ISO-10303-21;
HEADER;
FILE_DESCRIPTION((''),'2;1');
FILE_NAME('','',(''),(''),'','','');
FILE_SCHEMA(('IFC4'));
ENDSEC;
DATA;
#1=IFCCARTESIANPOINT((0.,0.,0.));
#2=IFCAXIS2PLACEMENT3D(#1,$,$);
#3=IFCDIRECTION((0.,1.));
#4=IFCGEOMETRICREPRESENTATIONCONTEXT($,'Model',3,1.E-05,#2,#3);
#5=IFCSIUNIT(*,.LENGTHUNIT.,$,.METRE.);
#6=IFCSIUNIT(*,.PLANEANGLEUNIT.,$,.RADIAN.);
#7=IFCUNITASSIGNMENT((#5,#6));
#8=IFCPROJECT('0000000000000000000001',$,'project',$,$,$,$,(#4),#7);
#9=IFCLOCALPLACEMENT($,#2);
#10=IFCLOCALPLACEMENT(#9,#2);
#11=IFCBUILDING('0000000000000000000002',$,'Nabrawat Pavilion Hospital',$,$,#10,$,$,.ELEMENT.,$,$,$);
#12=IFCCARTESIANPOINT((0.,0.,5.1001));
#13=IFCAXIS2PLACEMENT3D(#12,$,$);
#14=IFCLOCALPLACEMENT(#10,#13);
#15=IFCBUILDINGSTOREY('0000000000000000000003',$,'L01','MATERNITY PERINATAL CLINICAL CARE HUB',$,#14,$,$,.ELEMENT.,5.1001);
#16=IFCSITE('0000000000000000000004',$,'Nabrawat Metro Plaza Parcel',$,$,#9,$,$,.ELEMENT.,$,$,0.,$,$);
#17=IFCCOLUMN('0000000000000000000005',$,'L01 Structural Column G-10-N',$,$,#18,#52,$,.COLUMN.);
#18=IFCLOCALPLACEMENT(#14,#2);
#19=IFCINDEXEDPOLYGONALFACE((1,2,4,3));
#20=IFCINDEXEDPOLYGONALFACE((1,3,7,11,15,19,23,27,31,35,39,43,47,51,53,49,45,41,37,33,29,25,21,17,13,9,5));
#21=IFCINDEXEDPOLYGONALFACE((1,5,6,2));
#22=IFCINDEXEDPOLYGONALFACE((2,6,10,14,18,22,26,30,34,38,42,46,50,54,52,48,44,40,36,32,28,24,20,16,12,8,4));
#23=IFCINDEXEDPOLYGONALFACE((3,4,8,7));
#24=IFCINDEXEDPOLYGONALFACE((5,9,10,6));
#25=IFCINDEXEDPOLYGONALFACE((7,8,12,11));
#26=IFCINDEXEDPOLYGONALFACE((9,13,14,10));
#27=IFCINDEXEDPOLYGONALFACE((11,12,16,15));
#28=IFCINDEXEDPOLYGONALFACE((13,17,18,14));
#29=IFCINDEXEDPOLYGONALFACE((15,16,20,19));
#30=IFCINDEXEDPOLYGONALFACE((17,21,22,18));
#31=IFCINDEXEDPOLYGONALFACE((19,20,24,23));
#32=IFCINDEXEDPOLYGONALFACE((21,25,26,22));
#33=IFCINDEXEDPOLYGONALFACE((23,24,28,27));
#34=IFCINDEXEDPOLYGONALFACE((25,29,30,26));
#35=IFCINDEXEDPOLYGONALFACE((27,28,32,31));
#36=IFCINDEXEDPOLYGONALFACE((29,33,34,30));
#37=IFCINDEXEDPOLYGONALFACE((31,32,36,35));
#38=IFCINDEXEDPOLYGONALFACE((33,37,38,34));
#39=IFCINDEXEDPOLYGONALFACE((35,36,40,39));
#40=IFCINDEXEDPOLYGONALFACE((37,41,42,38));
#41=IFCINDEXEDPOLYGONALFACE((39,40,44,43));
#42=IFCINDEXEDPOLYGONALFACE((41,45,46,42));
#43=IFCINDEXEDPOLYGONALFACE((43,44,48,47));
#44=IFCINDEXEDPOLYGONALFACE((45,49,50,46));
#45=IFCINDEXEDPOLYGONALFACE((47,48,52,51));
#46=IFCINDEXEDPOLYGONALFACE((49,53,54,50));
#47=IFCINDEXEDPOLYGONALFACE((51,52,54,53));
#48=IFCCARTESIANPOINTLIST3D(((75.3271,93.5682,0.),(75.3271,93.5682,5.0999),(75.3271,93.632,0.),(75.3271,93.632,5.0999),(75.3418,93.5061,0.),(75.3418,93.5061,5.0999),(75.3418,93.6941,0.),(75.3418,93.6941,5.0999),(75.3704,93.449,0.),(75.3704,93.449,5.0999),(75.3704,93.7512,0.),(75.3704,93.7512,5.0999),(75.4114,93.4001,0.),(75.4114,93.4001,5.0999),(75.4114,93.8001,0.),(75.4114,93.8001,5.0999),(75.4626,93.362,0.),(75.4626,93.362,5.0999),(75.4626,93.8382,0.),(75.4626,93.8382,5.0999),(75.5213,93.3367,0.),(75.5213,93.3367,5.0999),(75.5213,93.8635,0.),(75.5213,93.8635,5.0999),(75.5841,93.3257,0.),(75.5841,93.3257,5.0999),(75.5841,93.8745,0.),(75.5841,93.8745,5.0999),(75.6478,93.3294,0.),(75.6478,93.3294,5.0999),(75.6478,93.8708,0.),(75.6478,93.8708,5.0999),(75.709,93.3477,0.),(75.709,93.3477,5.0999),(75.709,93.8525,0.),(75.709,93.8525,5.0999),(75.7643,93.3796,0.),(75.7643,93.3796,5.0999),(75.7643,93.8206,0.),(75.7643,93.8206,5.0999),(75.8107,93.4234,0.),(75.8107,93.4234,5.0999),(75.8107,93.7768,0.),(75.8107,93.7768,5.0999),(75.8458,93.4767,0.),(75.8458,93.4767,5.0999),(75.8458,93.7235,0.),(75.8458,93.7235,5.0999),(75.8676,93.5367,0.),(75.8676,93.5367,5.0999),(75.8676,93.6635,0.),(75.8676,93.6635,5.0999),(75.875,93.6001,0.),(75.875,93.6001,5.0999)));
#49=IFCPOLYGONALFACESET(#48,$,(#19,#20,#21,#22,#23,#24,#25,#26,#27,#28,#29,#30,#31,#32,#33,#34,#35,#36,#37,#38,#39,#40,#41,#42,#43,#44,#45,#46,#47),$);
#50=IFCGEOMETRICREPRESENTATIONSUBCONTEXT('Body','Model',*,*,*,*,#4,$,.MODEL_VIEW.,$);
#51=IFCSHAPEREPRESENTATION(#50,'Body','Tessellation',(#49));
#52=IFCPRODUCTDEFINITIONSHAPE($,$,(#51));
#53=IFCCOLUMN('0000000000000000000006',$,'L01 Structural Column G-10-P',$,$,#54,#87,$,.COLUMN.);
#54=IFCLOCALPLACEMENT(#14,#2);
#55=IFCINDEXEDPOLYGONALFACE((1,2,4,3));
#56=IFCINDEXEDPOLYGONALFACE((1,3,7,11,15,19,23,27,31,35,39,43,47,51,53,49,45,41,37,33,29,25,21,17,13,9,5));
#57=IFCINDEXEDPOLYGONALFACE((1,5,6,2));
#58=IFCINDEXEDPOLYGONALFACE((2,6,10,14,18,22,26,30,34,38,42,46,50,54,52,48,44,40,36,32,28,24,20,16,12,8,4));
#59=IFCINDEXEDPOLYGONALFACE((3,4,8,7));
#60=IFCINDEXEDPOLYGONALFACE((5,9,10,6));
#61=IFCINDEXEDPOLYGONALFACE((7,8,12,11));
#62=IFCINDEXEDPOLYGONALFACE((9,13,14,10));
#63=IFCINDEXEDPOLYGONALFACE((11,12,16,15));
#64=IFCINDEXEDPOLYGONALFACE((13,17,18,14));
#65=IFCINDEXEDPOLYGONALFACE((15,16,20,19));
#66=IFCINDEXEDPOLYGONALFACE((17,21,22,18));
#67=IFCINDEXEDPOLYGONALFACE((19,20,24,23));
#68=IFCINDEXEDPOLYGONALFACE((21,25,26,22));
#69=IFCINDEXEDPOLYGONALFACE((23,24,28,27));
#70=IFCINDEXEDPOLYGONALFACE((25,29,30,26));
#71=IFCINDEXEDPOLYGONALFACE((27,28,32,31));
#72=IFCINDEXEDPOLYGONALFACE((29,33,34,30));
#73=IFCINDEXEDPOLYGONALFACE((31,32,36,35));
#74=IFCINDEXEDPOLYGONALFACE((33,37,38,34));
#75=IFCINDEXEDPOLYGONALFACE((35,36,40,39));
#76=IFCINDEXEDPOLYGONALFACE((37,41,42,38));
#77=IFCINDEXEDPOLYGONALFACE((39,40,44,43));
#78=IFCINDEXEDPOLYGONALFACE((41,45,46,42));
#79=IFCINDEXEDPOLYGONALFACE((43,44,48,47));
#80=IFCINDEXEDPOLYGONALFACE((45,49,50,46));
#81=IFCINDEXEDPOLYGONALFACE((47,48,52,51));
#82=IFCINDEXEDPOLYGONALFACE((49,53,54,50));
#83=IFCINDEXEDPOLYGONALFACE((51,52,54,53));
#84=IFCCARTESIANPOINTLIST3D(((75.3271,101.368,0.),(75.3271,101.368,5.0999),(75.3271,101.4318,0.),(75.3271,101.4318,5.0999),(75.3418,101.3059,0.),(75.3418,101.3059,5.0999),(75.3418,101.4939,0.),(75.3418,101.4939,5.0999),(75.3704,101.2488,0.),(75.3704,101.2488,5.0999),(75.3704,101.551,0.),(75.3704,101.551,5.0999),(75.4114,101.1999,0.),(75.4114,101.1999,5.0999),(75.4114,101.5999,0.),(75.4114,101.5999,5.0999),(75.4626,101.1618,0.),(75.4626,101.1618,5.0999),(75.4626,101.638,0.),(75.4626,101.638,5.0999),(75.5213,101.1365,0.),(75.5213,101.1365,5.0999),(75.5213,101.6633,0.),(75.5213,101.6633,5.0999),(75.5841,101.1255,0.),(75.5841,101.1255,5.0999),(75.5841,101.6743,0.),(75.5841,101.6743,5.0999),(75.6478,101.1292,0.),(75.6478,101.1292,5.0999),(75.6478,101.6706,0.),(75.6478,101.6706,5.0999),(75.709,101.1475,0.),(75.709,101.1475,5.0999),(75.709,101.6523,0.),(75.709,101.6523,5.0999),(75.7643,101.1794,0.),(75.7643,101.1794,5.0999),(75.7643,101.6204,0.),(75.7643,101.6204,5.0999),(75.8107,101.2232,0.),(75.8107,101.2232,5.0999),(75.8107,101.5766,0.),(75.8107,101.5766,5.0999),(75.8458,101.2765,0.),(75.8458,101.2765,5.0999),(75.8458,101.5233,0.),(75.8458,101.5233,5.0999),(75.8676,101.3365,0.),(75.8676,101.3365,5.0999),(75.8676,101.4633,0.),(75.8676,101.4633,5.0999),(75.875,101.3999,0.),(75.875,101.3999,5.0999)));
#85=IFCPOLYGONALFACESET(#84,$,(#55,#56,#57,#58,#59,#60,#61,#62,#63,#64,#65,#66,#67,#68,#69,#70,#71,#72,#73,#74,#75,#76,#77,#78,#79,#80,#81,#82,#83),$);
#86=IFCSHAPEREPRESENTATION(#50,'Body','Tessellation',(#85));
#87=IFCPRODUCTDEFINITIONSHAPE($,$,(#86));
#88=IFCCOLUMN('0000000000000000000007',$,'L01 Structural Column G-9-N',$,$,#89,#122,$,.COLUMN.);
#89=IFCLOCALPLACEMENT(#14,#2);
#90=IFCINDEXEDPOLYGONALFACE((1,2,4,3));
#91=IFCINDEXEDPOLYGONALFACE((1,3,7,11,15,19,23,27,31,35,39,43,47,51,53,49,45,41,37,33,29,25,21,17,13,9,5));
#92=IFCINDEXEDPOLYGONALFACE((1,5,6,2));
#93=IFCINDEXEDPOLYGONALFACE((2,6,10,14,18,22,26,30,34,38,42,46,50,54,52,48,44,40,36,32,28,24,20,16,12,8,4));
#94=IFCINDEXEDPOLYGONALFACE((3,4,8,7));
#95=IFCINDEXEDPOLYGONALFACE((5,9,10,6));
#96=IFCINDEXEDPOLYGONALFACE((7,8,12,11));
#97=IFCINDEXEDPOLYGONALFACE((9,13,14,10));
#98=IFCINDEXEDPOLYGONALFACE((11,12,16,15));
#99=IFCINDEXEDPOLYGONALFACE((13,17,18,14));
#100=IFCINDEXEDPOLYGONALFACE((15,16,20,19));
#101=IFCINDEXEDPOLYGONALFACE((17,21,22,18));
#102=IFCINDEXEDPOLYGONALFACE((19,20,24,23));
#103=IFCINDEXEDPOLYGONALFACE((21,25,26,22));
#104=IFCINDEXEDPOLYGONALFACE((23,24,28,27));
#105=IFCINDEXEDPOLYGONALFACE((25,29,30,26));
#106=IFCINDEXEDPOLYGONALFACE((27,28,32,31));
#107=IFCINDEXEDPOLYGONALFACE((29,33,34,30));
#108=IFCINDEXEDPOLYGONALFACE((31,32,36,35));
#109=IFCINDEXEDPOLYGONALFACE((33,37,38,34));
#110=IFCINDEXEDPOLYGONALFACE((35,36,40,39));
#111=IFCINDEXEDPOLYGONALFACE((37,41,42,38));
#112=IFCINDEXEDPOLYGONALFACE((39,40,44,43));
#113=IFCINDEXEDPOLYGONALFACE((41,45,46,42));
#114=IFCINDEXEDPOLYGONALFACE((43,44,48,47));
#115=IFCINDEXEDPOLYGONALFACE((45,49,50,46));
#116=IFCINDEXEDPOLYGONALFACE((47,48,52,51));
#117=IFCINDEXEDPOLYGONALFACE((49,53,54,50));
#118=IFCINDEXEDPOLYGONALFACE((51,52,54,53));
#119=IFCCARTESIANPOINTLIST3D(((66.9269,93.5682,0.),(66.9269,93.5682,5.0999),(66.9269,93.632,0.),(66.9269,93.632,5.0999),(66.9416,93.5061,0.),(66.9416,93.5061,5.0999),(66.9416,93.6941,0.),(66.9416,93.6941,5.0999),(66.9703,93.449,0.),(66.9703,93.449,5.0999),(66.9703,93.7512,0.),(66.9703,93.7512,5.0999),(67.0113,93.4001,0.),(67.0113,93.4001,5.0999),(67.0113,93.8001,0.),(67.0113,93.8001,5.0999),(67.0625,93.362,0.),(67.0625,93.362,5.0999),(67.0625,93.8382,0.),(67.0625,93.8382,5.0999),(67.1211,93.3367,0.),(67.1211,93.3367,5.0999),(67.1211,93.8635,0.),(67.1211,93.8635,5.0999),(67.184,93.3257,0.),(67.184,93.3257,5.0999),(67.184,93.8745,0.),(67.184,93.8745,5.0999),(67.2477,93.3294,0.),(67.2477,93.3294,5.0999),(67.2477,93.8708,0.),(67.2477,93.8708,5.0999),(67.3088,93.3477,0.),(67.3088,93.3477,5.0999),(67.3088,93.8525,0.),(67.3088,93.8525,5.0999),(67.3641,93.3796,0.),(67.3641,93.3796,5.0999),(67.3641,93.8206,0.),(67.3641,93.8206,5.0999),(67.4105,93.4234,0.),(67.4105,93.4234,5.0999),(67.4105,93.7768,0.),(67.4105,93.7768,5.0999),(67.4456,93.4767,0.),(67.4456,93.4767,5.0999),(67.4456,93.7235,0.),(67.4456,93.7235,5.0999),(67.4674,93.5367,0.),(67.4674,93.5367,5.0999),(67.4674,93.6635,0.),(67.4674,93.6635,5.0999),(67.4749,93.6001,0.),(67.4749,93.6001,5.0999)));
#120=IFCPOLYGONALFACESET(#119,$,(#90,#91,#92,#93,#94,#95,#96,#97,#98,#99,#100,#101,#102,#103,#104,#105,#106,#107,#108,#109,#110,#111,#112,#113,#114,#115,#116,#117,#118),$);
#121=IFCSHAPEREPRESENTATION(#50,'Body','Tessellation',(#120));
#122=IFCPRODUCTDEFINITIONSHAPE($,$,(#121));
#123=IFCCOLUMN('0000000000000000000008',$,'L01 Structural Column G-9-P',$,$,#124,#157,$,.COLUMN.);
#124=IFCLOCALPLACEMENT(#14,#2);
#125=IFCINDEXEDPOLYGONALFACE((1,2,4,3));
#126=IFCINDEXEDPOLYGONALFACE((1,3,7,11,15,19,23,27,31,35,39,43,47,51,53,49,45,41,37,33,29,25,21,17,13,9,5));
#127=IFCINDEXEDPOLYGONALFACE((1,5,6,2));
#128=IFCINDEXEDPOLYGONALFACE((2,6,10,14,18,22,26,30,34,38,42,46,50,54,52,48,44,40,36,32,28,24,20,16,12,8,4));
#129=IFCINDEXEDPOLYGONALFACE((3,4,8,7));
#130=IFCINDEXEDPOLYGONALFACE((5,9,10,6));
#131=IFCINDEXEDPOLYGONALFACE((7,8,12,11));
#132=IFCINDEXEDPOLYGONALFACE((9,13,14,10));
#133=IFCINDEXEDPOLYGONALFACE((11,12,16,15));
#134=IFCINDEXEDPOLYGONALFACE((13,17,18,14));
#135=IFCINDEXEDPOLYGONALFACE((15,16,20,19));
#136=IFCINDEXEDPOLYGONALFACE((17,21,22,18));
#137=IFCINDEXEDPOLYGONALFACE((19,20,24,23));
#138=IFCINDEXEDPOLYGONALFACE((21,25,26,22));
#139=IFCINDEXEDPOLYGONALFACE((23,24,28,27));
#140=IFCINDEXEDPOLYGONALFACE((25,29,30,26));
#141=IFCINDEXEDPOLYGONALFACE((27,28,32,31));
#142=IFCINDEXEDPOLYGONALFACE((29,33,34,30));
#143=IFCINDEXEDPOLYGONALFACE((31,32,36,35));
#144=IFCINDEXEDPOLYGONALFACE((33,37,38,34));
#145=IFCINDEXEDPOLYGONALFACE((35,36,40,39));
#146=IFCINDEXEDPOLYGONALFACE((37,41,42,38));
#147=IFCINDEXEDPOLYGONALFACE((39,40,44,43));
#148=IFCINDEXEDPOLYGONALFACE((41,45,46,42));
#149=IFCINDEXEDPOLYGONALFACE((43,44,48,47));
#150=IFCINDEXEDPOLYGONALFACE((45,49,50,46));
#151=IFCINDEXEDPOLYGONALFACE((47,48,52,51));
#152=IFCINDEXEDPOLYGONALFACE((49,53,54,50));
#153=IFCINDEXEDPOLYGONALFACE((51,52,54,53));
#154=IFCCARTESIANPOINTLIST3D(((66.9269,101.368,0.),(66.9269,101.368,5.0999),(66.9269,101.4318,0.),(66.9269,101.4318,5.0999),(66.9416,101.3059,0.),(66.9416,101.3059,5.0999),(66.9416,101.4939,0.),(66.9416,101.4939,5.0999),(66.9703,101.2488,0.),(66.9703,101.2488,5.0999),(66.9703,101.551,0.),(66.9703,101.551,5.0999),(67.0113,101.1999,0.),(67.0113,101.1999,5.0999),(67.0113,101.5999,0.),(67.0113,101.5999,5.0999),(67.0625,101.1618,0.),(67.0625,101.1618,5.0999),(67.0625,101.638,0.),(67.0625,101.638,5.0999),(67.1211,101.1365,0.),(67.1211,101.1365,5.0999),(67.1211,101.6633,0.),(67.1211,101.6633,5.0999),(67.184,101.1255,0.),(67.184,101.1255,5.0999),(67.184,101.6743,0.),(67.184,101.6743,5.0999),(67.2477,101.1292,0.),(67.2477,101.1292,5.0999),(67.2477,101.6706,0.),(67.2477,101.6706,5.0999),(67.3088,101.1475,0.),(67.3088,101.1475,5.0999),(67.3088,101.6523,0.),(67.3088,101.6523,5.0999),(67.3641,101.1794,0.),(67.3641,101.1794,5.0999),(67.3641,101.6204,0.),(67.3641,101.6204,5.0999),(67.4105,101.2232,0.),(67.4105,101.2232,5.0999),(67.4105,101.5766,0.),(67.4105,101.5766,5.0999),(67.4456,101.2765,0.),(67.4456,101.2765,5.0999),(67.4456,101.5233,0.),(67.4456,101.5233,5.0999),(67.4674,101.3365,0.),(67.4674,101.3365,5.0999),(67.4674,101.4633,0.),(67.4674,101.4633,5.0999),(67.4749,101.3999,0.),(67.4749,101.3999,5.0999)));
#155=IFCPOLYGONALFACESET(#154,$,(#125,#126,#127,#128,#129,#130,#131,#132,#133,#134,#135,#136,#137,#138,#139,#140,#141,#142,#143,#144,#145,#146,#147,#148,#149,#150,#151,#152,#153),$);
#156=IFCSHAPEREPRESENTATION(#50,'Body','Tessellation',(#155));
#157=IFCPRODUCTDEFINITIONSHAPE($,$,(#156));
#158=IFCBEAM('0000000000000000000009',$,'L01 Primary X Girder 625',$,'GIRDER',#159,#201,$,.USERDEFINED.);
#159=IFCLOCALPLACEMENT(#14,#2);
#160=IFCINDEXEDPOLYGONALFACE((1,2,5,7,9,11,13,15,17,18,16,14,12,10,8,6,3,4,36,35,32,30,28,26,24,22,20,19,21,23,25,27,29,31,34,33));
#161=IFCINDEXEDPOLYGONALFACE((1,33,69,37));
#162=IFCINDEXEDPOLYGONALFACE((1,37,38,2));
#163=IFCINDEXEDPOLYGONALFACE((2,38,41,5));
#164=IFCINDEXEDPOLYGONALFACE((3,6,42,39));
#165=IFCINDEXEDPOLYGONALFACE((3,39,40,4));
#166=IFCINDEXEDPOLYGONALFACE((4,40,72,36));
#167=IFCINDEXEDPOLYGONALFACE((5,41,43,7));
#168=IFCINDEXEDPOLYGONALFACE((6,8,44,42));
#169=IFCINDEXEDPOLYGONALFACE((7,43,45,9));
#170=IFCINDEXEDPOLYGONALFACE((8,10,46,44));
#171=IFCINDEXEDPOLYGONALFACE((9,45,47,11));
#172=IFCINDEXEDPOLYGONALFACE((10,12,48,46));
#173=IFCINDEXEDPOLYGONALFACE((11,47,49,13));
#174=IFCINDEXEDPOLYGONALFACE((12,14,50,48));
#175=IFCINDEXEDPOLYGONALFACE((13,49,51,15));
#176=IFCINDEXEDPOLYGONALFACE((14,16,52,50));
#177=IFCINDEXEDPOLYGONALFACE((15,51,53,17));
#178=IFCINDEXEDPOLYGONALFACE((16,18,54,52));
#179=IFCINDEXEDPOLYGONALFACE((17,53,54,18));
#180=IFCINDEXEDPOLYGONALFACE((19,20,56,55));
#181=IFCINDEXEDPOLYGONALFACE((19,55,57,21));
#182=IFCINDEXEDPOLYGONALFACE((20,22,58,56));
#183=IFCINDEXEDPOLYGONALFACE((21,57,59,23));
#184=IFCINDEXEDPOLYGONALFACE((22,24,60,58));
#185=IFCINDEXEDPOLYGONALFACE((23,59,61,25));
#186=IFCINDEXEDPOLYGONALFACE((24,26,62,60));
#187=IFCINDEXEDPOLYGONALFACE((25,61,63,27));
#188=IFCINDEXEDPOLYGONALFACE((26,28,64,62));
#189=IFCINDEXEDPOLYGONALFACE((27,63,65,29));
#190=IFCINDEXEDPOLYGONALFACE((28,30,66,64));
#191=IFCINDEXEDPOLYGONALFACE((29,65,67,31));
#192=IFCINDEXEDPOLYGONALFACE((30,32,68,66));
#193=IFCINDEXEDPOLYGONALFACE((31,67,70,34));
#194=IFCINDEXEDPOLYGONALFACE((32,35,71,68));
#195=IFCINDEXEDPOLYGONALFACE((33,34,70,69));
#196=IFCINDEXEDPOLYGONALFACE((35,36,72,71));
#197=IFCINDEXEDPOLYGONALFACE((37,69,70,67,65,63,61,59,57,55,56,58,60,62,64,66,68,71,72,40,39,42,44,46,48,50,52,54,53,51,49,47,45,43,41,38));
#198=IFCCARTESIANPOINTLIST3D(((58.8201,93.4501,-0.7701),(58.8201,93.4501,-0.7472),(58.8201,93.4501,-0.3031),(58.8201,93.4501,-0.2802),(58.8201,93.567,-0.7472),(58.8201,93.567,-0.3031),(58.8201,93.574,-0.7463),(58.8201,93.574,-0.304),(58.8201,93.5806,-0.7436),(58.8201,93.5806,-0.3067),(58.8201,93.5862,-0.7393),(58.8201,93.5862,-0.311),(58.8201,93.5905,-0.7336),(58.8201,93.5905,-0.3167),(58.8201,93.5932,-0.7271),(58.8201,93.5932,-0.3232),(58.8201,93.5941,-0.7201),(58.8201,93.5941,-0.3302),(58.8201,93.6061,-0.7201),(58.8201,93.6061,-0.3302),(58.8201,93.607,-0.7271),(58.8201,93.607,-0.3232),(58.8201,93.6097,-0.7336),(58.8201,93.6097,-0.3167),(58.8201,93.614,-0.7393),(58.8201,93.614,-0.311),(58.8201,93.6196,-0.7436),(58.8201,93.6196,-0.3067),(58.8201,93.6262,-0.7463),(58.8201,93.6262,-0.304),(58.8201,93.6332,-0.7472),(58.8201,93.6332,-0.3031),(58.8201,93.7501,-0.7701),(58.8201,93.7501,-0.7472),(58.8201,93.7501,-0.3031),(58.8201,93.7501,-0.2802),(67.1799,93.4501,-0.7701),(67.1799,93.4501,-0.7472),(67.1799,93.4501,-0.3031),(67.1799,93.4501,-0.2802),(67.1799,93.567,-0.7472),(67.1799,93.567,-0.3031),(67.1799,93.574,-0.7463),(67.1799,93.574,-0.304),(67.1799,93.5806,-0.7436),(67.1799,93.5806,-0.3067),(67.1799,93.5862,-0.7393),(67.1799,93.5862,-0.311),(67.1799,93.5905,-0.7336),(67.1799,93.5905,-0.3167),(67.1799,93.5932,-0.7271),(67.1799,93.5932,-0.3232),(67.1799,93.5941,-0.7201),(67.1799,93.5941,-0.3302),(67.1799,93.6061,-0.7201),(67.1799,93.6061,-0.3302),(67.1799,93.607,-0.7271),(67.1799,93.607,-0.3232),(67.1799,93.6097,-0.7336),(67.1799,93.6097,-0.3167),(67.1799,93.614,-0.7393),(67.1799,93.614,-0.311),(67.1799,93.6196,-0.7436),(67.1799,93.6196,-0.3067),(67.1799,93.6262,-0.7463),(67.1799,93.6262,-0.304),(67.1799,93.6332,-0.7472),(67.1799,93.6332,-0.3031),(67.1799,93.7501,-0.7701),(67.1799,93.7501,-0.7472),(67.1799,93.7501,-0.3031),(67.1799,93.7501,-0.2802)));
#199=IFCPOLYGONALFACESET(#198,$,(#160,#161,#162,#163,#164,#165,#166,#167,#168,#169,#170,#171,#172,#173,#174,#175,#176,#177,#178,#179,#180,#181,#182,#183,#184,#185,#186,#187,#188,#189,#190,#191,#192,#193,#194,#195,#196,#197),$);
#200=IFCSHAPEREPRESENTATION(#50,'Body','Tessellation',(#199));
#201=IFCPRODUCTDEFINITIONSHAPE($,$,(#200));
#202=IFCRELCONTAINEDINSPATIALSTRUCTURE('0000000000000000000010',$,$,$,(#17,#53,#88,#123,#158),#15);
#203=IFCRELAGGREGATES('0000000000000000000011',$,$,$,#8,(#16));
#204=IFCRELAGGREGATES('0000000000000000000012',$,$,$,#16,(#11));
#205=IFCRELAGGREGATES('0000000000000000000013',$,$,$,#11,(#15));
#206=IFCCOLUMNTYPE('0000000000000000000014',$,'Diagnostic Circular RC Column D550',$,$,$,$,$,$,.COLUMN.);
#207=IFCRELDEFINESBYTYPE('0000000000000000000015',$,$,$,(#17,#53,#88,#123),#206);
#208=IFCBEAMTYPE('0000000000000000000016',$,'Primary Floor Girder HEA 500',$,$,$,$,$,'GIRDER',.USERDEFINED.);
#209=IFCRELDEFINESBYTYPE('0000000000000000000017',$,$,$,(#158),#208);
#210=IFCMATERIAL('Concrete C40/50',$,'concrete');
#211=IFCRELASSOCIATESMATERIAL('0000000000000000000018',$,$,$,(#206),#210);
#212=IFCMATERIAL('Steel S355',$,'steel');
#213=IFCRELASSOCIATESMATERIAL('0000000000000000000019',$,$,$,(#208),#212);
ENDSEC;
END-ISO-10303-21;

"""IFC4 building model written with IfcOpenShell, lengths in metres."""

from ifc_helpers import new_model, si_unit, direction, frame, origin, origin_2d, place, context, subcontext, project, spatial, circle, i_section, extrude, material, material_profile, profile_set, type_object, element, save


model = new_model("IFC4")

# Units and contexts
model_context = context("Model", 3, precision=1e-05, world=origin(), true_north=direction((0.0, 1.0)))
body_context = subcontext(model_context, "Body", "Model", "MODEL_VIEW")
ifc_project = project(units=[si_unit("LENGTHUNIT", "METRE"), si_unit("PLANEANGLEUNIT", "RADIAN")], contexts=[model_context])

# Site, building, storey
site_placement = place(None, origin())
site = spatial("IfcSite", under=ifc_project, at=site_placement, Name="Nabrawat Metro Plaza Parcel", CompositionType="ELEMENT", RefElevation=0.0)
building_placement = place(site_placement, origin())
building = spatial("IfcBuilding", under=site, at=building_placement, Name="Nabrawat Pavilion Hospital", CompositionType="ELEMENT")
storey_placement = place(building_placement, frame((0.0, 0.0, 5.1001)))
storey = spatial("IfcBuildingStorey", under=building, at=storey_placement, Name="L01", Description="MATERNITY PERINATAL CLINICAL CARE HUB", CompositionType="ELEMENT", Elevation=5.1001)

# Columns
ifc_material_1 = material(Name="Concrete C40/50", Category="concrete")
ifc_material_profile_1 = material_profile(ifc_material_1, circle(Radius=0.2749, at=origin_2d()), Name="RC D550")
ifc_profile_set_1 = profile_set([ifc_material_profile_1], Name="Concrete C40/50")
column_type = type_object("IfcColumnType", Name="Diagnostic Circular RC Column D550", PredefinedType="COLUMN", material=ifc_profile_set_1)
for number, where, z_axis, x_axis, name in (
    (1, (75.6001, 93.6001, 0.0), (0.0, 0.0, 1.0), (1.0, 0.0, 0.0), "L01 Structural Column G-10-N"),
    (2, (75.6001, 101.3999, 0.0), (0.0, 0.0, 1.0), (1.0, 0.0, 0.0), "L01 Structural Column G-10-P"),
    (3, (67.2, 93.6001, 0.0), (0.0, 0.0, 1.0), (1.0, 0.0, 0.0), "L01 Structural Column G-9-N"),
    (4, (67.2, 101.3999, 0.0), (0.0, 0.0, 1.0), (1.0, 0.0, 0.0), "L01 Structural Column G-9-P"),
):
    element("IfcColumn", number, at=place(storey_placement, frame(where, z_axis=z_axis, x_axis=x_axis)), inside=storey, type_object=column_type, Name=name, PredefinedType="COLUMN", context=body_context, shape_type="SweptSolid", body=[
        extrude(circle(Radius=0.2749, at=origin_2d()), origin(), (0.0, 0.0, 1.0), 5.0999),
    ])

# Beam
ifc_material_2 = material(Name="Steel S355", Category="steel")
ifc_material_profile_2 = material_profile(ifc_material_2, i_section(OverallWidth=0.3, OverallDepth=0.49, WebThickness=0.012, FlangeThickness=0.0229, FilletRadius=0.0271, at=origin_2d()), Name="HEA 500")
ifc_profile_set_2 = profile_set([ifc_material_profile_2], Name="Steel S355")
beam_type_1 = type_object("IfcBeamType", Name="Primary Floor Girder HEA 500", ElementType="GIRDER", PredefinedType="USERDEFINED", material=ifc_profile_set_2)
beam_1_placement = place(storey_placement, frame((58.8201, 93.6001, -0.5251), z_axis=(1.0, 0.0, 0.0), x_axis=(0.0, 1.0, 0.0)))
element("IfcBeam", 5, at=beam_1_placement, inside=storey, type_object=beam_type_1, Name="L01 Primary X Girder 625", ObjectType="GIRDER", PredefinedType="USERDEFINED", context=body_context, shape_type="SweptSolid", body=[
    extrude(i_section(OverallWidth=0.3, OverallDepth=0.49, WebThickness=0.012, FlangeThickness=0.0229, FilletRadius=0.0271, at=origin_2d()), origin(), (0.0, 0.0, 1.0), 8.3599),
])

save(model, "model.ifc")
